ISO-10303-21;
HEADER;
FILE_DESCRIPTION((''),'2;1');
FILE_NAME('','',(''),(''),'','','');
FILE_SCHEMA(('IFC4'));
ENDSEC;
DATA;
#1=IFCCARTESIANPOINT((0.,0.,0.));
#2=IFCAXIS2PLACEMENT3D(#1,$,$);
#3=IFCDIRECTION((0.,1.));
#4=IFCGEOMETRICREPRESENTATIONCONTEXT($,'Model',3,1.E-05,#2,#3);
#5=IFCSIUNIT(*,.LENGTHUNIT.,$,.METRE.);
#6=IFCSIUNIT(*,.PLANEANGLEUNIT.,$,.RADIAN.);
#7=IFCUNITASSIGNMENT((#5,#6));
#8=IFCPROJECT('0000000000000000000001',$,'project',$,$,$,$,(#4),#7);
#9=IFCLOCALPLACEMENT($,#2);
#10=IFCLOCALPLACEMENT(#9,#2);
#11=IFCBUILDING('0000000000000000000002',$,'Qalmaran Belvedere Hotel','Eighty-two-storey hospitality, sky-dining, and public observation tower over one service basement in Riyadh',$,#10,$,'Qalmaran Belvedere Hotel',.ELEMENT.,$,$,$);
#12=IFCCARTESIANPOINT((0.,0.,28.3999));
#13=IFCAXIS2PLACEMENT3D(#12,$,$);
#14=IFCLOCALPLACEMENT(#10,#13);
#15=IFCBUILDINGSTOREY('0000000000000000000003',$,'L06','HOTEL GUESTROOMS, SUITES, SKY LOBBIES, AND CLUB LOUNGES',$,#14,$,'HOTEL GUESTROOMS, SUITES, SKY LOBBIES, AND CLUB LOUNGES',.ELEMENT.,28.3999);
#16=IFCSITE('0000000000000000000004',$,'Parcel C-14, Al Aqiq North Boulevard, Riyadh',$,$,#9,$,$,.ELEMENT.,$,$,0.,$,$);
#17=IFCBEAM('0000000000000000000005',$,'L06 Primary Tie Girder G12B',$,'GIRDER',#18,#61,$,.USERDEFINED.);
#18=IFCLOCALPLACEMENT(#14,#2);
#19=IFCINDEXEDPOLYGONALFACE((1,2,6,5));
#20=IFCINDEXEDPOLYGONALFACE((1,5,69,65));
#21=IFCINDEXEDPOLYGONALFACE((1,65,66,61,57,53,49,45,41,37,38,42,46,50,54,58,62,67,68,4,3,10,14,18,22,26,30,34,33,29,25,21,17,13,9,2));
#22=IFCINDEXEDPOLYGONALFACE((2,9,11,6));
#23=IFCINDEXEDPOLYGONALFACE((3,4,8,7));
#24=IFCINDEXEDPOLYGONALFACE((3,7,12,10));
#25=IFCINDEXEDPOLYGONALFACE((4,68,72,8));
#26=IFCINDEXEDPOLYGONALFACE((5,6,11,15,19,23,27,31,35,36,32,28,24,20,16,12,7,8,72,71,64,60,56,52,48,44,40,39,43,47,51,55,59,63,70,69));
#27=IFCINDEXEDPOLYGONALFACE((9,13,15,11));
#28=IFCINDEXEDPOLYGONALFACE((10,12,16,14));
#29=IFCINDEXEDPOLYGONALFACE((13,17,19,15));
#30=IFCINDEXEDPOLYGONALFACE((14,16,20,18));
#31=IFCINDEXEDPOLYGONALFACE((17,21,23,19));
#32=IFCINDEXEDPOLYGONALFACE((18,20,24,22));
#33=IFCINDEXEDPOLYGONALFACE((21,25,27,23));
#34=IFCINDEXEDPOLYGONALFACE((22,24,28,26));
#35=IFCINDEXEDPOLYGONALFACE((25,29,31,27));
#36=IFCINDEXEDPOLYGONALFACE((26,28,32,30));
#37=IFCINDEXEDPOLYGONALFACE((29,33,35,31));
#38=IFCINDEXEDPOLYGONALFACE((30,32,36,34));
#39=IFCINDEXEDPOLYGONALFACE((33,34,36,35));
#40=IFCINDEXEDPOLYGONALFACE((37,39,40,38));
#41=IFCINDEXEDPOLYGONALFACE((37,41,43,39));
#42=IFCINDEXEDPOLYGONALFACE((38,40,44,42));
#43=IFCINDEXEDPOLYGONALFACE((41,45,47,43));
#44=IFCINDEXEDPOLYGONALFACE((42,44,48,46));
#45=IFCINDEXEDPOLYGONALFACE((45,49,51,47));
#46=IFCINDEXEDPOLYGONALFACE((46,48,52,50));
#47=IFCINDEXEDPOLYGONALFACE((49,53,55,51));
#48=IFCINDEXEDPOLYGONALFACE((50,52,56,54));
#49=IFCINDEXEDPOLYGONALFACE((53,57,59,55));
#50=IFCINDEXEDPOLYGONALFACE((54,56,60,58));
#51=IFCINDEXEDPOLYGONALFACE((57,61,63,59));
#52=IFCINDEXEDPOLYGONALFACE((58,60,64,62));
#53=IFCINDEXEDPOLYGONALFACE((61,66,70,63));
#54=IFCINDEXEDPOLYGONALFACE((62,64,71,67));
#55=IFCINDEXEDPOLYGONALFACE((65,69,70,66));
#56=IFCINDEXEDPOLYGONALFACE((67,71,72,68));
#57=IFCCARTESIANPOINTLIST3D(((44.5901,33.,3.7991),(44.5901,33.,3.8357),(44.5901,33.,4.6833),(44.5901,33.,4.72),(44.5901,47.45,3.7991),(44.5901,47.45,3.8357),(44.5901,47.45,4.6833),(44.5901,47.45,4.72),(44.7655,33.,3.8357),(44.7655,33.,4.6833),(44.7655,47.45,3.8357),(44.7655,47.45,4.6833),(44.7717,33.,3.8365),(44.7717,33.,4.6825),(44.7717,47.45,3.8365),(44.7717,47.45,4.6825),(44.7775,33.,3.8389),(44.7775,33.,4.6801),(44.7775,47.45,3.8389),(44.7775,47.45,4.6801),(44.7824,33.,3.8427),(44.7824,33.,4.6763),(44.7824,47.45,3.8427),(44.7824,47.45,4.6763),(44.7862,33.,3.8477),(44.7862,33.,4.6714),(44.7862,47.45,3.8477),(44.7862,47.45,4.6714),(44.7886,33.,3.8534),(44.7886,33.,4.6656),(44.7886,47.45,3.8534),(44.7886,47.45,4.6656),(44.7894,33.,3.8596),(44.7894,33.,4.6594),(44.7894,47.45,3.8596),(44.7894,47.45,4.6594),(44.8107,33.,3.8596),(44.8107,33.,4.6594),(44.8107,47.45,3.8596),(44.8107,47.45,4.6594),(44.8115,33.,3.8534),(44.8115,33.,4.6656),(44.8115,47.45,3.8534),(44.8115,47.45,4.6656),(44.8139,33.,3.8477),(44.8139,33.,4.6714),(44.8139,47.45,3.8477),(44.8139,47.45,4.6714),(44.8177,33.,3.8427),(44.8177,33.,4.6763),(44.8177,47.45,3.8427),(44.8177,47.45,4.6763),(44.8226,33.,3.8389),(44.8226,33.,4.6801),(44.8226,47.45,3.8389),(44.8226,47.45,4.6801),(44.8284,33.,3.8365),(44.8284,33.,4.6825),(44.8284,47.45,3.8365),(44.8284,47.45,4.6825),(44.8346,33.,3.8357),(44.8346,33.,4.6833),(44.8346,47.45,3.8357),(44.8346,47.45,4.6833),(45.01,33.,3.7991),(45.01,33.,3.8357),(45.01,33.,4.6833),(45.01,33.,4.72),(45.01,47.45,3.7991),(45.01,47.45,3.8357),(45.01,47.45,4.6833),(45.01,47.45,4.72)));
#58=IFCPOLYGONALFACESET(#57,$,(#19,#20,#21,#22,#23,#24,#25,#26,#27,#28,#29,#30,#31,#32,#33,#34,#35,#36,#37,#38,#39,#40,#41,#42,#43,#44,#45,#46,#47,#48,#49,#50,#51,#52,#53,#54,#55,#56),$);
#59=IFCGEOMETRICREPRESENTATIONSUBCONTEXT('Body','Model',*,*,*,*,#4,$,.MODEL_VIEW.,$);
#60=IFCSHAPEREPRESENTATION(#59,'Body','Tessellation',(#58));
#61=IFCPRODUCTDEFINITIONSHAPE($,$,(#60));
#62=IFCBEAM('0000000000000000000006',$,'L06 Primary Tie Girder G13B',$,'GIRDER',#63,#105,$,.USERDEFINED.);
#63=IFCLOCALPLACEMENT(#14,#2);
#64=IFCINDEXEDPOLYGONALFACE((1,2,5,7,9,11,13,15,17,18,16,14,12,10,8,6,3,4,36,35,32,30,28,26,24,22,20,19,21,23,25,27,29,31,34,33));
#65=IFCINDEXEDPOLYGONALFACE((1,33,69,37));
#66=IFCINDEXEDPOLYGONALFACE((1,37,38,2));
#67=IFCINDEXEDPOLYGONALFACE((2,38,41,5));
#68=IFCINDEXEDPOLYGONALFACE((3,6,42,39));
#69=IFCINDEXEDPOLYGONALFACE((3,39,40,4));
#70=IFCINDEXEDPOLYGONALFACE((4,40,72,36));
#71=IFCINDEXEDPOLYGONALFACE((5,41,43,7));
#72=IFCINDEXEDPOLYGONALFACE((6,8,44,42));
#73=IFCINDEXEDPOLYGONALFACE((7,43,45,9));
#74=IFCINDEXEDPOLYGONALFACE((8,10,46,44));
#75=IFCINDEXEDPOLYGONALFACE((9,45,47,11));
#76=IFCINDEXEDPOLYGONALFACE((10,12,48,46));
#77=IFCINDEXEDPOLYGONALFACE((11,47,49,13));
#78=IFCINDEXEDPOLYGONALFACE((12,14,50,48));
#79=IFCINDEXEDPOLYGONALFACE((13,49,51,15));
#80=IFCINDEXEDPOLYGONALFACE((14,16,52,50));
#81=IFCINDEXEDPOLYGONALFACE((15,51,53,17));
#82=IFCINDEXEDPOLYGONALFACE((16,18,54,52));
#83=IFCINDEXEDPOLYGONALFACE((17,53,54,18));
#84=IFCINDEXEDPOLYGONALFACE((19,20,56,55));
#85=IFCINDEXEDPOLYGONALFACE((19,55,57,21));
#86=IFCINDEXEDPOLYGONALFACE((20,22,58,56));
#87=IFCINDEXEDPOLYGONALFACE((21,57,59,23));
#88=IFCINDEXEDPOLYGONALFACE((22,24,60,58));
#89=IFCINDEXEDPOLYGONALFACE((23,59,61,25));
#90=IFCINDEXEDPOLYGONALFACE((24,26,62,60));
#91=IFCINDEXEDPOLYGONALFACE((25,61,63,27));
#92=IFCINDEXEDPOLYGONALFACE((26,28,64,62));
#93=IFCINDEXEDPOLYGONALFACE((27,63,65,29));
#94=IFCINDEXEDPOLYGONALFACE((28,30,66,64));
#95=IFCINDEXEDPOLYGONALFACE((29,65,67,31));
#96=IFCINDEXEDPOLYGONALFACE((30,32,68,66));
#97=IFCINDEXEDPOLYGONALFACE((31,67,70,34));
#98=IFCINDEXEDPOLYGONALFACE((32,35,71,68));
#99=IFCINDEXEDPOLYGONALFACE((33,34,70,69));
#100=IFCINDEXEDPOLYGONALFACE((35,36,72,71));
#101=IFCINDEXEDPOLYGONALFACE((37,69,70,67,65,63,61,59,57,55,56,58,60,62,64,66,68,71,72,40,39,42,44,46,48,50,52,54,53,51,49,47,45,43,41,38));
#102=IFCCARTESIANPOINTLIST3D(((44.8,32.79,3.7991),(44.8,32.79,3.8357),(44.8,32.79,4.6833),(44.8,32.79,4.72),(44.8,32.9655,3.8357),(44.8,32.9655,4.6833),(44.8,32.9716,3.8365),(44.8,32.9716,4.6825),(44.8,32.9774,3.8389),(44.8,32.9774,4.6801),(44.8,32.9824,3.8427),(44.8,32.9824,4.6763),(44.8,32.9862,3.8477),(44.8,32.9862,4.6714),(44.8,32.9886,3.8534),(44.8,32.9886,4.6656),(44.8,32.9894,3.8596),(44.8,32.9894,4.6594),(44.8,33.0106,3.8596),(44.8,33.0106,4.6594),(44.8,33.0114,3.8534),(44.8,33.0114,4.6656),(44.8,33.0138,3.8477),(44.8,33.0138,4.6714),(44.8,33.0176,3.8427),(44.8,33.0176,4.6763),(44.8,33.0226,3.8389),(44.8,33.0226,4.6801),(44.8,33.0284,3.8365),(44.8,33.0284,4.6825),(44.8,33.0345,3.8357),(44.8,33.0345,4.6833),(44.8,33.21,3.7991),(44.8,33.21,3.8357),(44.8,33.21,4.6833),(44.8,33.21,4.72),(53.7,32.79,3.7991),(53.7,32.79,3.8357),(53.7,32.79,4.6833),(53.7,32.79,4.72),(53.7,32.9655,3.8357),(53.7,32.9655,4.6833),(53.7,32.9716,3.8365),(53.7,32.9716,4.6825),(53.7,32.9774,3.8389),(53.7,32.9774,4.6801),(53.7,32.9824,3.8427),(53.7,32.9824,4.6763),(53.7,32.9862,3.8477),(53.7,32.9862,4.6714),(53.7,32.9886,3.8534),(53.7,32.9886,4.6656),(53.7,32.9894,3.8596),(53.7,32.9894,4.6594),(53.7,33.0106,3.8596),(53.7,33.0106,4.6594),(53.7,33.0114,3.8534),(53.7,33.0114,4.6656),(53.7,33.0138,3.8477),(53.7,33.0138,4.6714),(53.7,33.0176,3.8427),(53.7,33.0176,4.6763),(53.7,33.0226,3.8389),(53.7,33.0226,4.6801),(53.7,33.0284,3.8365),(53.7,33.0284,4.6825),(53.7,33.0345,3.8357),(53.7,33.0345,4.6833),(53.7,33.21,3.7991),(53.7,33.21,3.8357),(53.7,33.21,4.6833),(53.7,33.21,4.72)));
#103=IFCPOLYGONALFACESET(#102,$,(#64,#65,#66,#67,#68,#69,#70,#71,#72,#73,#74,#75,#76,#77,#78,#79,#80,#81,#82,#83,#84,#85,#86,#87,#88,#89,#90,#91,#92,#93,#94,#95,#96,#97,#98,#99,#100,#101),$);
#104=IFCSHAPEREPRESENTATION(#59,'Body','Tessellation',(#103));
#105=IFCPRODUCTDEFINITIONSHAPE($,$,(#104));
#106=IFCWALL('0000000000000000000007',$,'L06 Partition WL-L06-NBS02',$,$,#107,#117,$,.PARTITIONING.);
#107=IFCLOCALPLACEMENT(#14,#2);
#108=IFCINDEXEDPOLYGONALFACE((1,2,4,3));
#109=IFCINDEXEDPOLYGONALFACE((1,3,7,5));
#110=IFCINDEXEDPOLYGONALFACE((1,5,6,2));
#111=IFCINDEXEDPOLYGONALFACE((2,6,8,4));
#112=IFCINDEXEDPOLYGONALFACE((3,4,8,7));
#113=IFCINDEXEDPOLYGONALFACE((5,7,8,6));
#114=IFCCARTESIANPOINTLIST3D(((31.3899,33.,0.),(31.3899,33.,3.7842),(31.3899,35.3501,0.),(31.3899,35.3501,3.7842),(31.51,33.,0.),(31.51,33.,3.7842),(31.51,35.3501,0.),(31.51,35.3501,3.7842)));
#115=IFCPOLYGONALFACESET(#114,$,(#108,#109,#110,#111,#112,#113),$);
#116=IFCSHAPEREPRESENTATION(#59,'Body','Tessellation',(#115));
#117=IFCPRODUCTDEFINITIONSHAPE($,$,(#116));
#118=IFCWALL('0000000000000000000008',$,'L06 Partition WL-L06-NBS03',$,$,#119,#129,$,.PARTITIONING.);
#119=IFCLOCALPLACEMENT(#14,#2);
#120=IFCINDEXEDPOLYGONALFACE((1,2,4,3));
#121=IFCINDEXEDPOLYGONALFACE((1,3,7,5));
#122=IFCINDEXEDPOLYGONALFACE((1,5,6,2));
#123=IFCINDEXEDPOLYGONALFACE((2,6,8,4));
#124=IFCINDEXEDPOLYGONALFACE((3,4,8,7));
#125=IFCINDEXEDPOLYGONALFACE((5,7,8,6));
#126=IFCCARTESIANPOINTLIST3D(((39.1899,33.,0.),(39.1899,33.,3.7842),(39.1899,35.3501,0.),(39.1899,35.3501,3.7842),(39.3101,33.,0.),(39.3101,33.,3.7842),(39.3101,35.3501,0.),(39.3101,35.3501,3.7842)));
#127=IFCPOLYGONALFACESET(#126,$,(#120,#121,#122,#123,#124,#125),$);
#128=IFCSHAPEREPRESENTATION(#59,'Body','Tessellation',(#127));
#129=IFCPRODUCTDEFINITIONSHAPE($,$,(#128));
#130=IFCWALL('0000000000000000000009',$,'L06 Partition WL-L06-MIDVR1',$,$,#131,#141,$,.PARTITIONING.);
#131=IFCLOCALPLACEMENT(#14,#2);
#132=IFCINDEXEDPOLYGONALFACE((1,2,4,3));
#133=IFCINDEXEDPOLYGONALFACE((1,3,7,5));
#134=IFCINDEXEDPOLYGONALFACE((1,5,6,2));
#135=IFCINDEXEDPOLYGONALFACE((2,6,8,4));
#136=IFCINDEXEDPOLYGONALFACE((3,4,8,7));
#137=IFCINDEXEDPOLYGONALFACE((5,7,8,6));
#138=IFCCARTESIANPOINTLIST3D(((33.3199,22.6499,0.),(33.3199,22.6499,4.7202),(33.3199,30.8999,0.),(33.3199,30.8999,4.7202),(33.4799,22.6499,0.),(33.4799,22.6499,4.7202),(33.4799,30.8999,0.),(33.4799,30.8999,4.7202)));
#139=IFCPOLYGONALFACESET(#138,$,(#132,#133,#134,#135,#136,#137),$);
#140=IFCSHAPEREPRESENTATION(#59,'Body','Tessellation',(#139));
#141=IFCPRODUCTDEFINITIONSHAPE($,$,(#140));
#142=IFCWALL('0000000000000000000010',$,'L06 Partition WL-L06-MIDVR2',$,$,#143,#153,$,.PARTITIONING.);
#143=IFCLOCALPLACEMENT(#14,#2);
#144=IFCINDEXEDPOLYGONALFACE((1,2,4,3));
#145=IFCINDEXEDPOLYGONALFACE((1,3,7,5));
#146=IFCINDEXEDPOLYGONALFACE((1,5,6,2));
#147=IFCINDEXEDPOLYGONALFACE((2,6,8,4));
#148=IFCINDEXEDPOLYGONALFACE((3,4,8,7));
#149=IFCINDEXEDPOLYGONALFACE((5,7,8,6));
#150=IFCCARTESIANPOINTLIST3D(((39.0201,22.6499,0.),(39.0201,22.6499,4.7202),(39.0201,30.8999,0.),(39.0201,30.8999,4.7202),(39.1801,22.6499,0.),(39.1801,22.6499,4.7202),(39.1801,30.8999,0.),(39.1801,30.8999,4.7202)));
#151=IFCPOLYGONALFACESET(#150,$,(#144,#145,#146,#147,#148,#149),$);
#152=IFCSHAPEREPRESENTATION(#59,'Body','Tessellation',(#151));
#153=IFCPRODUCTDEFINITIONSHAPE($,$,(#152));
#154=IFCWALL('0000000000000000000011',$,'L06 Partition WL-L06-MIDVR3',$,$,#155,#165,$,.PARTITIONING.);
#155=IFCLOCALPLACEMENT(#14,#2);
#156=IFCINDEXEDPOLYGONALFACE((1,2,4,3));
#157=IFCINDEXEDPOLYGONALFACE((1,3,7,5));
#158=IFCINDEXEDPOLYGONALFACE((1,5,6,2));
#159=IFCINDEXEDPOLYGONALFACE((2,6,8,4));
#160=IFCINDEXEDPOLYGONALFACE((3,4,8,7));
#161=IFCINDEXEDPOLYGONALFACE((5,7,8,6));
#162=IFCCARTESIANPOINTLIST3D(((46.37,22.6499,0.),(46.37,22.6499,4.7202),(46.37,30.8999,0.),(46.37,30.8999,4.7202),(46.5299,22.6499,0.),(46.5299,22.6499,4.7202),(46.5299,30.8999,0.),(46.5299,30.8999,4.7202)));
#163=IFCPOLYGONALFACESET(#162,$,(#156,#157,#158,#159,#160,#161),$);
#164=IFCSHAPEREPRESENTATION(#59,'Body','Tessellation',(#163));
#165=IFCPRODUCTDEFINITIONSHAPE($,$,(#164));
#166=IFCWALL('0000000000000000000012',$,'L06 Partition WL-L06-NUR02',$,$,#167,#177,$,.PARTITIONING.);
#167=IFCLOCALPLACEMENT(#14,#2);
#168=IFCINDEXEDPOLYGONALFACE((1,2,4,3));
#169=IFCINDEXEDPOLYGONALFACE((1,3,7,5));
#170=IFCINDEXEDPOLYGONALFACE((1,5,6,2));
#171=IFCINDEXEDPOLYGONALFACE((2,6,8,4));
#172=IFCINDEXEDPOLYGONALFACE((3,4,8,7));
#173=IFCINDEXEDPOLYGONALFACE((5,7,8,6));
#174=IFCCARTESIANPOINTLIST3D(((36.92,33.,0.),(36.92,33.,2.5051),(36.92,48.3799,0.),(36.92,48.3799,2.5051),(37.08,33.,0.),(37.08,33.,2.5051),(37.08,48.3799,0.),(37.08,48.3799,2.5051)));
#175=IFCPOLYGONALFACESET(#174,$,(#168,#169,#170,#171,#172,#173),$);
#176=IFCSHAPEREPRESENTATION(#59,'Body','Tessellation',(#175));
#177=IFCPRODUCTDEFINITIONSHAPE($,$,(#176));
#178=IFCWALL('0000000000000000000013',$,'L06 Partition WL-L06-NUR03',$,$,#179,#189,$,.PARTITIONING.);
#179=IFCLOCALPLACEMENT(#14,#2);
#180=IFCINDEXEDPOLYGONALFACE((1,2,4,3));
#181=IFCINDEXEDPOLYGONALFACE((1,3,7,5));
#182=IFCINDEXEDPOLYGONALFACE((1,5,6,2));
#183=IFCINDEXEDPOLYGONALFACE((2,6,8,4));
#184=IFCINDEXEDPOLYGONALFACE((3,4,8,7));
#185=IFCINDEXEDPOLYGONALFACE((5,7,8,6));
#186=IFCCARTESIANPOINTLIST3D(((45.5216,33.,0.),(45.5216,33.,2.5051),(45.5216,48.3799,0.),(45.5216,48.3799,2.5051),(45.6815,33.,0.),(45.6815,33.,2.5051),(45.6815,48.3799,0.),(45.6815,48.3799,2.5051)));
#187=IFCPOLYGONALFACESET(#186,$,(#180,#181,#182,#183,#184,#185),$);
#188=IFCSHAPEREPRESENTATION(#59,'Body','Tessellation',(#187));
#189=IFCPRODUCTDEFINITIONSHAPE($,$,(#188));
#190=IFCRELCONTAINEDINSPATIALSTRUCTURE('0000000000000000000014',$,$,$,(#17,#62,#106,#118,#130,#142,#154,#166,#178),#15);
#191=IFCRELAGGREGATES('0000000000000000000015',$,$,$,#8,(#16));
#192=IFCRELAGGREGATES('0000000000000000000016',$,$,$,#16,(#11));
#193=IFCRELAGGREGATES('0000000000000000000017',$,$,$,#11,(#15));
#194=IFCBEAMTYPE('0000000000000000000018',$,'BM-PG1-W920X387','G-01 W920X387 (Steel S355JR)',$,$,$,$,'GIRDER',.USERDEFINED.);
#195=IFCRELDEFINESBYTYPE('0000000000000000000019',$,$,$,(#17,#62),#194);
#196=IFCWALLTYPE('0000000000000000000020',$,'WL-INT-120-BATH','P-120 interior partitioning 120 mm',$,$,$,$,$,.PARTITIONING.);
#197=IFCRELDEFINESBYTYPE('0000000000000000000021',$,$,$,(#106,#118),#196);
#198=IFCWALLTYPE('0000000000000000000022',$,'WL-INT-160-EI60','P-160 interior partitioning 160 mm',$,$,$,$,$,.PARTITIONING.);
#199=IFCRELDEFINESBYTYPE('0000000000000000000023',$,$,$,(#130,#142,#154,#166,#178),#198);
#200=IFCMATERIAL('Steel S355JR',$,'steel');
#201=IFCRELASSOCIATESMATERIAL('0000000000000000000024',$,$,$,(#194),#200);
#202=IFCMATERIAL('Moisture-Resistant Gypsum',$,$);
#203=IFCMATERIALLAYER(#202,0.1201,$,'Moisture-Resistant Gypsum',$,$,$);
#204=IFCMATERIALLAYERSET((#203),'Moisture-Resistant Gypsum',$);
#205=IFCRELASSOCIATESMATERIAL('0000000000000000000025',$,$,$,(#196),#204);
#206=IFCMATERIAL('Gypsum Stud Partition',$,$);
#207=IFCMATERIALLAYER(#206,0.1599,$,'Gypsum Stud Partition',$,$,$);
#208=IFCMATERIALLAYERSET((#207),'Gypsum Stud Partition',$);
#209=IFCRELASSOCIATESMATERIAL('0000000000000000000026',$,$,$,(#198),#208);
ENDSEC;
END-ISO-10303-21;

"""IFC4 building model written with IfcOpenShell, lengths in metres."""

from ifc_helpers import new_model, si_unit, direction, frame, frame_2d, origin, origin_2d, place, context, subcontext, project, spatial, rectangle, i_section, extrude, material, layer, layer_set, material_profile, profile_set, type_object, element, save


model = new_model("IFC4")

# Units and contexts
model_context = context("Model", 3, precision=1e-05, world=origin(), true_north=direction((0.0, 1.0)))
body_context = subcontext(model_context, "Body", "Model", "MODEL_VIEW")
ifc_project = project(units=[si_unit("LENGTHUNIT", "METRE"), si_unit("PLANEANGLEUNIT", "RADIAN")], contexts=[model_context])

# Site, building, storey
site_placement = place(None, origin())
site = spatial("IfcSite", under=ifc_project, at=site_placement, Name="Parcel C-14, Al Aqiq North Boulevard, Riyadh", CompositionType="ELEMENT", RefElevation=0.0)
building_placement = place(site_placement, origin())
building = spatial("IfcBuilding", under=site, at=building_placement, Name="Qalmaran Belvedere Hotel", Description="Eighty-two-storey hospitality, sky-dining, and public observation tower over one service basement in Riyadh", LongName="Qalmaran Belvedere Hotel", CompositionType="ELEMENT")
storey_placement = place(building_placement, frame((0.0, 0.0, 28.3999)))
storey = spatial("IfcBuildingStorey", under=building, at=storey_placement, Name="L06", Description="HOTEL GUESTROOMS, SUITES, SKY LOBBIES, AND CLUB LOUNGES", LongName="HOTEL GUESTROOMS, SUITES, SKY LOBBIES, AND CLUB LOUNGES", CompositionType="ELEMENT", Elevation=28.3999)

# Beams
ifc_material_1 = material(Name="Steel S355JR", Category="steel")
ifc_material_profile_1 = material_profile(ifc_material_1, i_section(OverallWidth=0.4199, OverallDepth=0.9209, WebThickness=0.0212, FlangeThickness=0.0366, FilletRadius=0.0239, at=origin_2d()), Name="W920X387")
ifc_profile_set_1 = profile_set([ifc_material_profile_1], Name="Steel S355JR")
beam_type_1 = type_object("IfcBeamType", Name="BM-PG1-W920X387", Description="G-01 W920X387 (Steel S355JR)", ElementType="GIRDER", PredefinedType="USERDEFINED", material=ifc_profile_set_1)
for number, where, z_axis, x_axis, name in (
    (1, (44.8, 33.0, 4.2595), (0.0, 1.0, 0.0), (-1.0, 0.0, 0.0), "L06 Primary Tie Girder G12B"),
):
    element("IfcBeam", number, at=place(storey_placement, frame(where, z_axis=z_axis, x_axis=x_axis)), inside=storey, type_object=beam_type_1, Name=name, ObjectType="GIRDER", PredefinedType="USERDEFINED", context=body_context, shape_type="SweptSolid", body=[
        extrude(i_section(OverallWidth=0.4199, OverallDepth=0.9209, WebThickness=0.0212, FlangeThickness=0.0366, FilletRadius=0.0239, at=origin_2d()), origin(), (0.0, 0.0, 1.0), 14.45),
    ])
beam_1_placement = place(storey_placement, frame((44.8, 33.0, 4.2595), z_axis=(1.0, 0.0, 0.0), x_axis=(0.0, 1.0, 0.0)))
element("IfcBeam", 2, at=beam_1_placement, inside=storey, type_object=beam_type_1, Name="L06 Primary Tie Girder G13B", ObjectType="GIRDER", PredefinedType="USERDEFINED", context=body_context, shape_type="SweptSolid", body=[
    extrude(i_section(OverallWidth=0.4199, OverallDepth=0.9209, WebThickness=0.0212, FlangeThickness=0.0366, FilletRadius=0.0239, at=origin_2d()), origin(), (0.0, 0.0, 1.0), 8.8999),
])

# Walls
ifc_material_2 = material(Name="Moisture-Resistant Gypsum")
ifc_layer_1 = layer(ifc_material_2, 0.1201, Name="Moisture-Resistant Gypsum")
ifc_layer_set_1 = layer_set([ifc_layer_1], Name="Moisture-Resistant Gypsum")
wall_type_1 = type_object("IfcWallType", Name="WL-INT-120-BATH", Description="P-120 interior partitioning 120 mm", PredefinedType="PARTITIONING", material=ifc_layer_set_1)
for number, where, z_axis, x_axis, name in (
    (3, (31.45, 33.0, 0.0), (0.0, 0.0, 1.0), (0.0, 1.0, 0.0), "L06 Partition WL-L06-NBS02"),
    (4, (39.25, 33.0, 0.0), (0.0, 0.0, 1.0), (0.0, 1.0, 0.0), "L06 Partition WL-L06-NBS03"),
):
    element("IfcWall", number, at=place(storey_placement, frame(where, z_axis=z_axis, x_axis=x_axis)), inside=storey, type_object=wall_type_1, Name=name, PredefinedType="PARTITIONING", context=body_context, shape_type="SweptSolid", body=[
        extrude(rectangle(XDim=2.3501, YDim=0.1201, at=frame_2d((1.175, 0.0))), origin(), (0.0, 0.0, 1.0), 3.7842),
    ])

# Shared definitions
ifc_material_3 = material(Name="Gypsum Stud Partition")

# Walls
ifc_layer_2 = layer(ifc_material_3, 0.1599, Name="Gypsum Stud Partition")
ifc_layer_set_2 = layer_set([ifc_layer_2], Name="Gypsum Stud Partition")
wall_type_2 = type_object("IfcWallType", Name="WL-INT-160-EI60", Description="P-160 interior partitioning 160 mm", PredefinedType="PARTITIONING", material=ifc_layer_set_2)
for number, where, z_axis, x_axis, name in (
    (5, (33.3999, 22.6499, 0.0), (0.0, 0.0, 1.0), (0.0, 1.0, 0.0), "L06 Partition WL-L06-MIDVR1"),
    (6, (39.1001, 22.6499, 0.0), (0.0, 0.0, 1.0), (0.0, 1.0, 0.0), "L06 Partition WL-L06-MIDVR2"),
    (7, (46.45, 22.6499, 0.0), (0.0, 0.0, 1.0), (0.0, 1.0, 0.0), "L06 Partition WL-L06-MIDVR3"),
):
    element("IfcWall", number, at=place(storey_placement, frame(where, z_axis=z_axis, x_axis=x_axis)), inside=storey, type_object=wall_type_2, Name=name, PredefinedType="PARTITIONING", context=body_context, shape_type="SweptSolid", body=[
        extrude(rectangle(XDim=8.25, YDim=0.1599, at=frame_2d((4.125, 0.0))), origin(), (0.0, 0.0, 1.0), 4.7202),
    ])
for number, where, z_axis, x_axis, name in (
    (8, (37.0, 33.0, 0.0), (0.0, 0.0, 1.0), (0.0, 1.0, 0.0), "L06 Partition WL-L06-NUR02"),
    (9, (45.6016, 33.0, 0.0), (0.0, 0.0, 1.0), (0.0, 1.0, 0.0), "L06 Partition WL-L06-NUR03"),
):
    element("IfcWall", number, at=place(storey_placement, frame(where, z_axis=z_axis, x_axis=x_axis)), inside=storey, type_object=wall_type_2, Name=name, PredefinedType="PARTITIONING", context=body_context, shape_type="SweptSolid", body=[
        extrude(rectangle(XDim=15.3799, YDim=0.1599, at=frame_2d((7.6899, 0.0))), origin(), (0.0, 0.0, 1.0), 2.5051),
    ])

save(model, "model.ifc")
